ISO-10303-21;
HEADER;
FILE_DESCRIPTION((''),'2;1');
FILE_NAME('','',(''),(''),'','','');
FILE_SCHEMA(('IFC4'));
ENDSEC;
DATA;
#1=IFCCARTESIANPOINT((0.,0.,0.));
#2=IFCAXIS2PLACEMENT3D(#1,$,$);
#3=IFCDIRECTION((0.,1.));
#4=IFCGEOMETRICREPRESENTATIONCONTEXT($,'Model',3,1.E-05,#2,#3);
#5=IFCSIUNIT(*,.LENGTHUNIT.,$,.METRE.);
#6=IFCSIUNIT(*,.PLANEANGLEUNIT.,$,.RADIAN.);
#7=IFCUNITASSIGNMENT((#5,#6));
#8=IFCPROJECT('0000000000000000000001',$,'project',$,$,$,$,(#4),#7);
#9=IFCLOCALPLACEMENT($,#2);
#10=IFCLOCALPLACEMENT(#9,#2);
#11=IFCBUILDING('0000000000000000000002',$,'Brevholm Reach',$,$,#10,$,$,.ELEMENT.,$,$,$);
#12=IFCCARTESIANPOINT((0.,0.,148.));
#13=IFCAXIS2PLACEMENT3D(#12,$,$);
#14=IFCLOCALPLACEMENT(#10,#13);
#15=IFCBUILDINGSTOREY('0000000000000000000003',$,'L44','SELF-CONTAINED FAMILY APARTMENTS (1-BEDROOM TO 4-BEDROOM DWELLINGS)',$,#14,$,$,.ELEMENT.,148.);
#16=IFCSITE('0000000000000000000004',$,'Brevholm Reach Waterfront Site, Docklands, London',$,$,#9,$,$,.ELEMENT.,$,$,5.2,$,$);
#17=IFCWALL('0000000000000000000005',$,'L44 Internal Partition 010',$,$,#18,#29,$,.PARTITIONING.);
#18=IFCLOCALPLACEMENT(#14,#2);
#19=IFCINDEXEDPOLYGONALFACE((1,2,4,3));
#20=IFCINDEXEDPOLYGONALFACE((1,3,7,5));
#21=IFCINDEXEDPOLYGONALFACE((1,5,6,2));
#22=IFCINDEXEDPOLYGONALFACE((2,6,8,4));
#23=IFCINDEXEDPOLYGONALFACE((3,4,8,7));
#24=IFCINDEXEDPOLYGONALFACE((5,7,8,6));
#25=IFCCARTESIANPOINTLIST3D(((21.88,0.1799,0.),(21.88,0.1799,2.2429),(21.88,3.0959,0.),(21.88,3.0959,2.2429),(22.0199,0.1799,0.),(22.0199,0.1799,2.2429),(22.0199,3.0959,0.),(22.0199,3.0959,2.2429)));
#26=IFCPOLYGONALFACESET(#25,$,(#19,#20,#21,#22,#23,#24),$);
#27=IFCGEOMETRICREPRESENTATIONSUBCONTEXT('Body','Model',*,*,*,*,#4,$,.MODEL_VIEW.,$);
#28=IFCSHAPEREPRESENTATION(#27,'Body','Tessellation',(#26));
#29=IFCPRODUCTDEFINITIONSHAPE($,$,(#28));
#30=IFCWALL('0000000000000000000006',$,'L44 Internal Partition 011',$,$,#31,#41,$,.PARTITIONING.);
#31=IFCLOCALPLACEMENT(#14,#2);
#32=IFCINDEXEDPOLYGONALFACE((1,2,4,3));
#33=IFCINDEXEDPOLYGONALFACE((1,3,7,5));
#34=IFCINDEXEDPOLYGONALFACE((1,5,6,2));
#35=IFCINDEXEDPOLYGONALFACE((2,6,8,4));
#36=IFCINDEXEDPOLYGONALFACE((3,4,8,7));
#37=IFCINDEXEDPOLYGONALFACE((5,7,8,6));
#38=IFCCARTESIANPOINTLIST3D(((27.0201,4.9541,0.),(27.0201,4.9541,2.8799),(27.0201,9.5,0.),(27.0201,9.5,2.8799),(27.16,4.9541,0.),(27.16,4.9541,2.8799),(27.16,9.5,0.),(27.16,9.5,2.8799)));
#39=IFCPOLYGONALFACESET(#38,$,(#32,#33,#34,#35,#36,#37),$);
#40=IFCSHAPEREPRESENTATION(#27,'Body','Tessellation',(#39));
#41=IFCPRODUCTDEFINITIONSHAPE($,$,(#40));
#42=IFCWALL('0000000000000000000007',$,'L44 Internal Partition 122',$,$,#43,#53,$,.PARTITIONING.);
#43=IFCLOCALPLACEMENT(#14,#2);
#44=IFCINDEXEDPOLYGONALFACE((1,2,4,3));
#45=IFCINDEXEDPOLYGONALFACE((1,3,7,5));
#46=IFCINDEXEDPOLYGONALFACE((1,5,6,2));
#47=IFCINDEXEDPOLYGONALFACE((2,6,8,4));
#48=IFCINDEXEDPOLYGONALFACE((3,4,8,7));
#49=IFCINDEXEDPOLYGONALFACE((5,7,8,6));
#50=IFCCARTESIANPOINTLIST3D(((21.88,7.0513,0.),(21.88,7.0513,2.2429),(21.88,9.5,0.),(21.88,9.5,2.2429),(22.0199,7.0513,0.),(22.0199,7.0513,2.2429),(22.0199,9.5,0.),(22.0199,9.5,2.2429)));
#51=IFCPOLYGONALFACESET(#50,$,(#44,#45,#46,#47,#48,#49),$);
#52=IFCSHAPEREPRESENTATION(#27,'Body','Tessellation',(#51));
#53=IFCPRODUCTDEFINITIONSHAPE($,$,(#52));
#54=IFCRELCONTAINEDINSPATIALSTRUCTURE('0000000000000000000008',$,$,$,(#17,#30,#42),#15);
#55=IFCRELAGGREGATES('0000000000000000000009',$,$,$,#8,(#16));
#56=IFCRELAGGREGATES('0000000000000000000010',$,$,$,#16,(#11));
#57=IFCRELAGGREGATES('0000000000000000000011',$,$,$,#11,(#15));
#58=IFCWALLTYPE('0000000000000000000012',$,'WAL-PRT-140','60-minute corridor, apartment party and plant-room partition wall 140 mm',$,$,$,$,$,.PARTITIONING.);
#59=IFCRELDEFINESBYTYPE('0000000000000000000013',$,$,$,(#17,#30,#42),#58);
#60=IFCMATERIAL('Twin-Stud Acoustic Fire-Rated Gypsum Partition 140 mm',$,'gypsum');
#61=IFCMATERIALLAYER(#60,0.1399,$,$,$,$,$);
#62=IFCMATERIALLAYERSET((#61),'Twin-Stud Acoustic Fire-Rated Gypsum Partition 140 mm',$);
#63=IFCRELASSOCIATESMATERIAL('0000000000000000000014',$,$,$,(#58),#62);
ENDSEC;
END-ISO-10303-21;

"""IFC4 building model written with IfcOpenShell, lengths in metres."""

from ifc_helpers import new_model, si_unit, direction, frame, frame_2d, origin, place, context, subcontext, project, spatial, rectangle, extrude, material, layer, layer_set, type_object, element, save


model = new_model("IFC4")

# Units and contexts
model_context = context("Model", 3, precision=1e-05, world=origin(), true_north=direction((0.0, 1.0)))
body_context = subcontext(model_context, "Body", "Model", "MODEL_VIEW")
ifc_project = project(units=[si_unit("LENGTHUNIT", "METRE"), si_unit("PLANEANGLEUNIT", "RADIAN")], contexts=[model_context])

# Site, building, storey
site_placement = place(None, origin())
site = spatial("IfcSite", under=ifc_project, at=site_placement, Name="Brevholm Reach Waterfront Site, Docklands, London", CompositionType="ELEMENT", RefElevation=5.2)
building_placement = place(site_placement, origin())
building = spatial("IfcBuilding", under=site, at=building_placement, Name="Brevholm Reach", CompositionType="ELEMENT")
storey_placement = place(building_placement, frame((0.0, 0.0, 148.0)))
storey = spatial("IfcBuildingStorey", under=building, at=storey_placement, Name="L44", Description="SELF-CONTAINED FAMILY APARTMENTS (1-BEDROOM TO 4-BEDROOM DWELLINGS)", CompositionType="ELEMENT", Elevation=148.0)

# Shared definitions
ifc_material_1 = material(Name="Twin-Stud Acoustic Fire-Rated Gypsum Partition 140 mm", Category="gypsum")
ifc_layer_1 = layer(ifc_material_1, 0.1399)
ifc_layer_set_1 = layer_set([ifc_layer_1], Name="Twin-Stud Acoustic Fire-Rated Gypsum Partition 140 mm")
wall_type_1 = type_object("IfcWallType", Name="WAL-PRT-140", Description="60-minute corridor, apartment party and plant-room partition wall 140 mm", PredefinedType="PARTITIONING", material=ifc_layer_set_1)

# Walls
wall_1_placement = place(storey_placement, frame((21.95, 0.1799, 0.0), z_axis=(0.0, 0.0, 1.0), x_axis=(0.0, 1.0, 0.0)))
element("IfcWall", 1, at=wall_1_placement, inside=storey, type_object=wall_type_1, Name="L44 Internal Partition 010", PredefinedType="PARTITIONING", context=body_context, shape_type="SweptSolid", body=[
    extrude(rectangle(XDim=2.916, YDim=0.1399, at=frame_2d((1.458, 0.0))), origin(), (0.0, 0.0, 1.0), 2.2429),
])
wall_2_placement = place(storey_placement, frame((27.0901, 4.9541, 0.0), z_axis=(0.0, 0.0, 1.0), x_axis=(0.0, 1.0, 0.0)))
element("IfcWall", 2, at=wall_2_placement, inside=storey, type_object=wall_type_1, Name="L44 Internal Partition 011", PredefinedType="PARTITIONING", context=body_context, shape_type="SweptSolid", body=[
    extrude(rectangle(XDim=4.5459, YDim=0.1399, at=frame_2d((2.2729, 0.0))), origin(), (0.0, 0.0, 1.0), 2.8799),
])
wall_3_placement = place(storey_placement, frame((21.95, 7.0513, 0.0), z_axis=(0.0, 0.0, 1.0), x_axis=(0.0, 1.0, 0.0)))
element("IfcWall", 3, at=wall_3_placement, inside=storey, type_object=wall_type_1, Name="L44 Internal Partition 122", PredefinedType="PARTITIONING", context=body_context, shape_type="SweptSolid", body=[
    extrude(rectangle(XDim=2.4487, YDim=0.1399, at=frame_2d((1.2244, 0.0))), origin(), (0.0, 0.0, 1.0), 2.2429),
])

save(model, "model.ifc")
